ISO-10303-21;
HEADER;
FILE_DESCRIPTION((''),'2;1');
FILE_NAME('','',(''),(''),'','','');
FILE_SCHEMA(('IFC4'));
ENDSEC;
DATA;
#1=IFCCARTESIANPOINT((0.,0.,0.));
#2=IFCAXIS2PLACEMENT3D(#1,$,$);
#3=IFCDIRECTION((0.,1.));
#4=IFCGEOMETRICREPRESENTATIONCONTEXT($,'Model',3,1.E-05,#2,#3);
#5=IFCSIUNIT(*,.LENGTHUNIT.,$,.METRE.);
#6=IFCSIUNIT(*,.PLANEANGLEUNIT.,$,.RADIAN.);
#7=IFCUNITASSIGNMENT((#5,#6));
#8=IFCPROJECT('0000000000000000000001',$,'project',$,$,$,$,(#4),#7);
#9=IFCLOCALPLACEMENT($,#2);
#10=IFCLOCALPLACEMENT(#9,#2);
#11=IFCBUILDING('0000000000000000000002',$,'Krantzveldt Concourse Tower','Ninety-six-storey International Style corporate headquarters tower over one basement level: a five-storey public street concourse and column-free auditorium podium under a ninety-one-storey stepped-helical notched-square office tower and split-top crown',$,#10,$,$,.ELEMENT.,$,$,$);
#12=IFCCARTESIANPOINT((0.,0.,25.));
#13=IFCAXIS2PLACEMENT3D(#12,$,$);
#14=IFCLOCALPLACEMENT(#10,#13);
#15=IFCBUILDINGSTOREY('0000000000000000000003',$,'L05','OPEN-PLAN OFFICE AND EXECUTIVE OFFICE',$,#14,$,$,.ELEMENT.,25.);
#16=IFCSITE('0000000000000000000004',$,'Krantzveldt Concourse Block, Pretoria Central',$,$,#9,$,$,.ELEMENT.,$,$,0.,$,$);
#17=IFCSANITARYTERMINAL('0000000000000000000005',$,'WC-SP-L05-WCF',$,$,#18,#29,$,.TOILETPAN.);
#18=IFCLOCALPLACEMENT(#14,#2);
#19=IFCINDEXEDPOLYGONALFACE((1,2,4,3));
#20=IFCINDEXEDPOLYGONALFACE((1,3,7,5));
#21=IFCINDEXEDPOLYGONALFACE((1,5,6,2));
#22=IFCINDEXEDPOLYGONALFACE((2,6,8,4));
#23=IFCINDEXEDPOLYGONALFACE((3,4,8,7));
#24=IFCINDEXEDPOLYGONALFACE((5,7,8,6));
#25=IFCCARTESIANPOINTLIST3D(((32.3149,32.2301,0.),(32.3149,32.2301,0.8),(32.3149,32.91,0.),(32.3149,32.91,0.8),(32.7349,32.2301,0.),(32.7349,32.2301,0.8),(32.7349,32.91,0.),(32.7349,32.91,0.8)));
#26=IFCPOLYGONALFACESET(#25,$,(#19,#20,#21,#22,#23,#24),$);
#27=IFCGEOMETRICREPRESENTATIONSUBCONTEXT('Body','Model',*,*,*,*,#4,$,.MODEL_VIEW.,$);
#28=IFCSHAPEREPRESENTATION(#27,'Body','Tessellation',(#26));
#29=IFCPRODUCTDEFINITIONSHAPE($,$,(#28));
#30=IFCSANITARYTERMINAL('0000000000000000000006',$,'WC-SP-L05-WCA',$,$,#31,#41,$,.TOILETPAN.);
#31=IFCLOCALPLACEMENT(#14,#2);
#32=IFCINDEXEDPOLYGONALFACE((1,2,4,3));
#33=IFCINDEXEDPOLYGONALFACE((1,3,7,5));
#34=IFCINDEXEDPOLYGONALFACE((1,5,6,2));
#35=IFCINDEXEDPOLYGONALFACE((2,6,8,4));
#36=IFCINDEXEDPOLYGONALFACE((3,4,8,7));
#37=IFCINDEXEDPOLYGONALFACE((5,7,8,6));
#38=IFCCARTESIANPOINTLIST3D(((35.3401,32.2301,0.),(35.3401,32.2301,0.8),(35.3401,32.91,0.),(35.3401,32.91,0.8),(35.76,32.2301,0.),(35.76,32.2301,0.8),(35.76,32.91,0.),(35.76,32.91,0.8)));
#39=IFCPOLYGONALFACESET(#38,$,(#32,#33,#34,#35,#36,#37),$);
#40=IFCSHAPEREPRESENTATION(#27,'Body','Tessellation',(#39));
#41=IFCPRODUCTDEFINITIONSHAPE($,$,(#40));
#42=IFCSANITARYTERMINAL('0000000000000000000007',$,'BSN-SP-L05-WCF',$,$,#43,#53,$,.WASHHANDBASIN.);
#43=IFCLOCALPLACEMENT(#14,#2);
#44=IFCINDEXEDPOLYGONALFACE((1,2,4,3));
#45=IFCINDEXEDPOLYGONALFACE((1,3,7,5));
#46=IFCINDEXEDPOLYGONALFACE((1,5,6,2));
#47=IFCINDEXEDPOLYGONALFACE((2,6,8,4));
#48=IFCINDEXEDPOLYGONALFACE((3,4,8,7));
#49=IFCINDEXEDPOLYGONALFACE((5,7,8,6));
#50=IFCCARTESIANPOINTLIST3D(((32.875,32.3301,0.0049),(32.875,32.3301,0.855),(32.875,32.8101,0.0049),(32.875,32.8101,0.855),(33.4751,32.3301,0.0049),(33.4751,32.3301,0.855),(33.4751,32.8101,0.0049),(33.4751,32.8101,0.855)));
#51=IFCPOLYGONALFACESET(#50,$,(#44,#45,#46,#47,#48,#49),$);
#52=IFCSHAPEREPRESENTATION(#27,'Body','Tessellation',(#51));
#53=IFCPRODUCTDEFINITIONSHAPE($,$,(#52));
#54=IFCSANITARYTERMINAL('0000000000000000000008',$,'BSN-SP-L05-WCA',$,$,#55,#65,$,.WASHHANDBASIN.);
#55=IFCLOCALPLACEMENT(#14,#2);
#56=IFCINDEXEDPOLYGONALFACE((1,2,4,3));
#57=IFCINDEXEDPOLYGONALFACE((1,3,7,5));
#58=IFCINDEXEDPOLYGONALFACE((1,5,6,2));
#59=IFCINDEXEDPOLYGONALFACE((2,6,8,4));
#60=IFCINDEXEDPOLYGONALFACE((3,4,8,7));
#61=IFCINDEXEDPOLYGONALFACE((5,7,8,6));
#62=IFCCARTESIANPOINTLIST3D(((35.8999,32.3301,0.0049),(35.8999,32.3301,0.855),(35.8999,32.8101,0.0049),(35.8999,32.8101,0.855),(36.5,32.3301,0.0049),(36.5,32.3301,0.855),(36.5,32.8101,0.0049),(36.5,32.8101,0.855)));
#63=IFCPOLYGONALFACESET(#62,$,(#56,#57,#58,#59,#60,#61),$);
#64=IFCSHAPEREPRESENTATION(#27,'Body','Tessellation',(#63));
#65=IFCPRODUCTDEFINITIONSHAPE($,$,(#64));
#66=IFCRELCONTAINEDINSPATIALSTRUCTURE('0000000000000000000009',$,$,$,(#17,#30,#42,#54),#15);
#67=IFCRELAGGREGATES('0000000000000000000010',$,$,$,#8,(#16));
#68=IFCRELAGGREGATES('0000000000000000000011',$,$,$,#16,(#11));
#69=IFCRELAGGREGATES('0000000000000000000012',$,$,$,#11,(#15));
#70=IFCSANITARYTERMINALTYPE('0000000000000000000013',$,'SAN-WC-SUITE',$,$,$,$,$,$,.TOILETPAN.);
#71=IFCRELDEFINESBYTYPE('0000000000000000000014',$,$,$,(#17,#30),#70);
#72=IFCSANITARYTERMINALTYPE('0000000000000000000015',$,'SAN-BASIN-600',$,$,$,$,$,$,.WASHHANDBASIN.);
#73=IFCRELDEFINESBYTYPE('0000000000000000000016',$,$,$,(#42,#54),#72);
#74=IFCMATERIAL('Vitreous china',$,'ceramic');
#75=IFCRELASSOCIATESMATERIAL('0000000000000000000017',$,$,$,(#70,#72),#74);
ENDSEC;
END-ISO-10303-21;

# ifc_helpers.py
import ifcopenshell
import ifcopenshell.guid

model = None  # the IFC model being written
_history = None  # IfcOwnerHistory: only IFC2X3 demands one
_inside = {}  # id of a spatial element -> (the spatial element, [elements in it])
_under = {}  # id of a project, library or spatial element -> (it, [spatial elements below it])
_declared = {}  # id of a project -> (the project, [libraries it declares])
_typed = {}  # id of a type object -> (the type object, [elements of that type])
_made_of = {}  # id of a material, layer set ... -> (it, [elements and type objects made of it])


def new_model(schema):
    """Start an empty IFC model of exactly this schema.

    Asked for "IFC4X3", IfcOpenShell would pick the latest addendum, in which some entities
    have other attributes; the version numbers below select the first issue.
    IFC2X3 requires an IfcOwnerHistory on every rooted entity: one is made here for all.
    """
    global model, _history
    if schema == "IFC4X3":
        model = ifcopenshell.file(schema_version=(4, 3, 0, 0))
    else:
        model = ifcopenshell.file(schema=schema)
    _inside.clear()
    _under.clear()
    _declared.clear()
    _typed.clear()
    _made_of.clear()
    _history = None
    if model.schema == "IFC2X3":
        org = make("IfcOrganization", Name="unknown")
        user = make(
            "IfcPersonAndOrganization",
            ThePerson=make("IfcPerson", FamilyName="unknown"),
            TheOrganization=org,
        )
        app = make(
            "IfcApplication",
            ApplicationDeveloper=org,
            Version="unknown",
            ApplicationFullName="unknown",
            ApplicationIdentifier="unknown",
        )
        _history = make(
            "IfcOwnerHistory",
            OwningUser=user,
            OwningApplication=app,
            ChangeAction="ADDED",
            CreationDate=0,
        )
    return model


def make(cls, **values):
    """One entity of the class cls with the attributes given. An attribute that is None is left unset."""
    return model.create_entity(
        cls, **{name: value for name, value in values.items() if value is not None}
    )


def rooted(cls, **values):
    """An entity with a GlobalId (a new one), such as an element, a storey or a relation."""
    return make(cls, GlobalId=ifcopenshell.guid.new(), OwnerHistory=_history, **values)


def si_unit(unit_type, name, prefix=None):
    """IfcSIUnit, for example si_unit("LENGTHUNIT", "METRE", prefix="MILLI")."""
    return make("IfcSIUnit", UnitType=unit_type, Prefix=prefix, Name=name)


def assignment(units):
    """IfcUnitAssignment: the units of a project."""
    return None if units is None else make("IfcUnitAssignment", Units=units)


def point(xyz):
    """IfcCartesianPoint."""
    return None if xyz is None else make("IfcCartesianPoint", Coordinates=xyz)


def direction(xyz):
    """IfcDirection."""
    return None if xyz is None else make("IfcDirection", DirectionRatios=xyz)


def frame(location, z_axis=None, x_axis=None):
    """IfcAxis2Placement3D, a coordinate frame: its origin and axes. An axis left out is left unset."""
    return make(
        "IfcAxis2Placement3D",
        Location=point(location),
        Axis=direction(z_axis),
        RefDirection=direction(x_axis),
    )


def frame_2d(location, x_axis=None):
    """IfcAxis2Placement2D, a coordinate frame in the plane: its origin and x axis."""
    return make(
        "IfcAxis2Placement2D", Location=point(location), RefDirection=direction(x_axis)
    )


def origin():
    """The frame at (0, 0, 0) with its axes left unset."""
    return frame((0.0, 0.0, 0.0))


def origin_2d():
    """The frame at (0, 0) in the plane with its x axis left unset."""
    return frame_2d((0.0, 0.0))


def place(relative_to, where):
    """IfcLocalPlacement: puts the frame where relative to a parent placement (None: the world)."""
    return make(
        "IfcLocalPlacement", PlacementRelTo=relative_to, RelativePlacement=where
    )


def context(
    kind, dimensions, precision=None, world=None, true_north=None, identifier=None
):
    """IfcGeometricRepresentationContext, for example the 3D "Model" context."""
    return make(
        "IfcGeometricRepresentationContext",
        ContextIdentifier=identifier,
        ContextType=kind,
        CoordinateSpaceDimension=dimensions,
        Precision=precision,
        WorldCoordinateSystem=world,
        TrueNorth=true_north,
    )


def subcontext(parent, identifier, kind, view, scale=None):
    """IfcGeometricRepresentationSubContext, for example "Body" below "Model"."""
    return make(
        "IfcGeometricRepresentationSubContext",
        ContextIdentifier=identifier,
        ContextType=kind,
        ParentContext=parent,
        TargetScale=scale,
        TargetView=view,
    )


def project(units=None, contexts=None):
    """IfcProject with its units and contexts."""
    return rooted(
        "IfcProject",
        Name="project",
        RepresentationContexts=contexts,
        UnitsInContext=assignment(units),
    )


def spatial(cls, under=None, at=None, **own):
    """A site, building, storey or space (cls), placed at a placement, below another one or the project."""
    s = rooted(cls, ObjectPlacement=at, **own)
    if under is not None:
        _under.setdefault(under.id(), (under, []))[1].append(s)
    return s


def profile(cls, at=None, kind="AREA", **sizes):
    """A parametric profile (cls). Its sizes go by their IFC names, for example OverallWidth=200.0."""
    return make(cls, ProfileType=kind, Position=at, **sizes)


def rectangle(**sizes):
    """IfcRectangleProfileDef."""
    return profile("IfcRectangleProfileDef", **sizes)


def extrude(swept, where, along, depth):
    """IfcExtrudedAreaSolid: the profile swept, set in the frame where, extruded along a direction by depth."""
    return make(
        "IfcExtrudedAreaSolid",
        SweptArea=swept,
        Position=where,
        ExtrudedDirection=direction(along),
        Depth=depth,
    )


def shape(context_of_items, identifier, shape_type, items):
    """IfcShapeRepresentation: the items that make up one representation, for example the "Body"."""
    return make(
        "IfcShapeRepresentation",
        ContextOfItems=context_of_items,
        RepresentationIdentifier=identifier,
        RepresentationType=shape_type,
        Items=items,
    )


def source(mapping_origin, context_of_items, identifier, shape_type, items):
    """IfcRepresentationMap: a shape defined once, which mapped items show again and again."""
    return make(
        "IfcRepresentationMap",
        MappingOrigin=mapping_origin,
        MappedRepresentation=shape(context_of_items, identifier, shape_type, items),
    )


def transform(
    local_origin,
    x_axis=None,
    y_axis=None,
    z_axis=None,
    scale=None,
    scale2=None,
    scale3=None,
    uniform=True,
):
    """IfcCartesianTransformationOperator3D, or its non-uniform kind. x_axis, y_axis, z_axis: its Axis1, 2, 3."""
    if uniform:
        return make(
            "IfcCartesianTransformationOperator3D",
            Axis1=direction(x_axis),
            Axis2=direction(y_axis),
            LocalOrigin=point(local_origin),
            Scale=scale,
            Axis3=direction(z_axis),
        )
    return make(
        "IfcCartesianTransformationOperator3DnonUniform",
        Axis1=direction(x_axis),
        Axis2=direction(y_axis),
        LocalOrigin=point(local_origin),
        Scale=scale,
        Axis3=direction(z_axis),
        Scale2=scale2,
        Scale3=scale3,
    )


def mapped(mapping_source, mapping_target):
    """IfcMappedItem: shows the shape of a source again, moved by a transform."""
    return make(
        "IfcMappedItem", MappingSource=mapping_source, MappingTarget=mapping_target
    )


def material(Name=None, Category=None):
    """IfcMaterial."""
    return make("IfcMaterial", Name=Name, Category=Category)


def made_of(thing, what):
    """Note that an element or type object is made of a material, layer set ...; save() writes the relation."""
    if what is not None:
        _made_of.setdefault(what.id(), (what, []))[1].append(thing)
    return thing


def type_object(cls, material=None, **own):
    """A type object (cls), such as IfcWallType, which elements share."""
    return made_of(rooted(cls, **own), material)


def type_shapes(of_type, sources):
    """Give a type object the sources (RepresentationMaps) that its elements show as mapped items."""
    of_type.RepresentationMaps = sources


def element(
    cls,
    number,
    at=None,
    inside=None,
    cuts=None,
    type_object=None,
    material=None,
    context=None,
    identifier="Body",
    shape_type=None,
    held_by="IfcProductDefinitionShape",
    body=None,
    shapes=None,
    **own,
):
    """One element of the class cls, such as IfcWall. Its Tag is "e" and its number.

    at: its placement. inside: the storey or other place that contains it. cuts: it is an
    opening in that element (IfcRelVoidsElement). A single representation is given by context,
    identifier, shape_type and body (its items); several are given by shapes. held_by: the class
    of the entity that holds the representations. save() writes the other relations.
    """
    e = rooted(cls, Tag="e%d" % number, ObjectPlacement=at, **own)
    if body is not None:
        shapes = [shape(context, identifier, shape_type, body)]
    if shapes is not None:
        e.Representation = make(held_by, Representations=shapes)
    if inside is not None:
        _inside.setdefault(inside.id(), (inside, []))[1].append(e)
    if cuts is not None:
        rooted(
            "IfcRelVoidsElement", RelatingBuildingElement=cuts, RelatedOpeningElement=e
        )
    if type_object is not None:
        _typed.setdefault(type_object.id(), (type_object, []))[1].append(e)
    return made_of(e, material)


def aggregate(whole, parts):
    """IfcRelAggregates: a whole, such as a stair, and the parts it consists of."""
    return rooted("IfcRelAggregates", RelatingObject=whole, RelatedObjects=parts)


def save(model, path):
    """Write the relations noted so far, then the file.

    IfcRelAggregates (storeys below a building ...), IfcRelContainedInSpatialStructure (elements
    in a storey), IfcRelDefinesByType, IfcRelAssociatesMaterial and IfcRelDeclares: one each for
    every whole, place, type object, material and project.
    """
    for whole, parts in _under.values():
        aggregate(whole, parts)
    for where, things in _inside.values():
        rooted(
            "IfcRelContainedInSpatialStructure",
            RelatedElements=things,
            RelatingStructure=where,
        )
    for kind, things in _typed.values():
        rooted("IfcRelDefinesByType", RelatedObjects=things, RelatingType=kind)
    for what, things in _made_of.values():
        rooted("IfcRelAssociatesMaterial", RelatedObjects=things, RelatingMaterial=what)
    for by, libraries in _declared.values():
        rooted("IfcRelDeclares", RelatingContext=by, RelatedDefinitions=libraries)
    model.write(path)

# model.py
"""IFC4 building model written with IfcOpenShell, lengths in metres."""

from ifc_helpers import new_model, si_unit, direction, frame, origin, origin_2d, place, context, subcontext, project, spatial, rectangle, extrude, source, transform, mapped, material, type_object, type_shapes, element, save


model = new_model("IFC4")

# Units and contexts
model_context = context("Model", 3, precision=1e-05, world=origin(), true_north=direction((0.0, 1.0)))
body_context = subcontext(model_context, "Body", "Model", "MODEL_VIEW")
ifc_project = project(units=[si_unit("LENGTHUNIT", "METRE"), si_unit("PLANEANGLEUNIT", "RADIAN")], contexts=[model_context])

# Site, building, storey
site_placement = place(None, origin())
site = spatial("IfcSite", under=ifc_project, at=site_placement, Name="Krantzveldt Concourse Block, Pretoria Central", CompositionType="ELEMENT", RefElevation=0.0)
building_placement = place(site_placement, origin())
building = spatial("IfcBuilding", under=site, at=building_placement, Name="Krantzveldt Concourse Tower", Description="Ninety-six-storey International Style corporate headquarters tower over one basement level: a five-storey public street concourse and column-free auditorium podium under a ninety-one-storey stepped-helical notched-square office tower and split-top crown", CompositionType="ELEMENT")
storey_placement = place(building_placement, frame((0.0, 0.0, 25.0)))
storey = spatial("IfcBuildingStorey", under=building, at=storey_placement, Name="L05", Description="OPEN-PLAN OFFICE AND EXECUTIVE OFFICE", CompositionType="ELEMENT", Elevation=25.0)

# Sanitary terminals
ifc_material_1 = material(Name="Vitreous china", Category="ceramic")
sanitary_terminal_type_1 = type_object("IfcSanitaryTerminalType", Name="SAN-WC-SUITE", PredefinedType="TOILETPAN", material=ifc_material_1)
shared_shape_1 = source(origin(), body_context, "Body", "SweptSolid", [
    extrude(rectangle(XDim=0.4199, YDim=0.6799, at=origin_2d()), origin(), (0.0, 0.0, 1.0), 0.8),
])
type_shapes(sanitary_terminal_type_1, [shared_shape_1])
for number, where, z_axis, x_axis, name in (
    (1, (32.5249, 32.5701, 0.0), (0.0, 0.0, 1.0), (1.0, 0.0, 0.0), "WC-SP-L05-WCF"),
    (2, (35.55, 32.5701, 0.0), (0.0, 0.0, 1.0), (1.0, 0.0, 0.0), "WC-SP-L05-WCA"),
):
    element("IfcSanitaryTerminal", number, at=place(storey_placement, frame(where, z_axis=z_axis, x_axis=x_axis)), inside=storey, type_object=sanitary_terminal_type_1, Name=name, PredefinedType="TOILETPAN", context=body_context, shape_type="MappedRepresentation", body=[
        mapped(shared_shape_1, transform((0.0, 0.0, 0.0), x_axis=(1.0, 0.0, 0.0), y_axis=(0.0, 1.0, 0.0), z_axis=(0.0, 0.0, 1.0), scale=1.0)),
    ])
sanitary_terminal_type_2 = type_object("IfcSanitaryTerminalType", Name="SAN-BASIN-600", PredefinedType="WASHHANDBASIN", material=ifc_material_1)
shared_shape_2 = source(origin(), body_context, "Body", "SweptSolid", [
    extrude(rectangle(XDim=0.6001, YDim=0.48, at=origin_2d()), origin(), (0.0, 0.0, 1.0), 0.8501),
])
type_shapes(sanitary_terminal_type_2, [shared_shape_2])
for number, where, z_axis, x_axis, name in (
    (3, (33.175, 32.5701, 0.0049), (0.0, 0.0, 1.0), (1.0, 0.0, 0.0), "BSN-SP-L05-WCF"),
    (4, (36.2, 32.5701, 0.0049), (0.0, 0.0, 1.0), (1.0, 0.0, 0.0), "BSN-SP-L05-WCA"),
):
    element("IfcSanitaryTerminal", number, at=place(storey_placement, frame(where, z_axis=z_axis, x_axis=x_axis)), inside=storey, type_object=sanitary_terminal_type_2, Name=name, PredefinedType="WASHHANDBASIN", context=body_context, shape_type="MappedRepresentation", body=[
        mapped(shared_shape_2, transform((0.0, 0.0, 0.0), x_axis=(1.0, 0.0, 0.0), y_axis=(0.0, 1.0, 0.0), z_axis=(0.0, 0.0, 1.0), scale=1.0)),
    ])

save(model, "model.ifc")
